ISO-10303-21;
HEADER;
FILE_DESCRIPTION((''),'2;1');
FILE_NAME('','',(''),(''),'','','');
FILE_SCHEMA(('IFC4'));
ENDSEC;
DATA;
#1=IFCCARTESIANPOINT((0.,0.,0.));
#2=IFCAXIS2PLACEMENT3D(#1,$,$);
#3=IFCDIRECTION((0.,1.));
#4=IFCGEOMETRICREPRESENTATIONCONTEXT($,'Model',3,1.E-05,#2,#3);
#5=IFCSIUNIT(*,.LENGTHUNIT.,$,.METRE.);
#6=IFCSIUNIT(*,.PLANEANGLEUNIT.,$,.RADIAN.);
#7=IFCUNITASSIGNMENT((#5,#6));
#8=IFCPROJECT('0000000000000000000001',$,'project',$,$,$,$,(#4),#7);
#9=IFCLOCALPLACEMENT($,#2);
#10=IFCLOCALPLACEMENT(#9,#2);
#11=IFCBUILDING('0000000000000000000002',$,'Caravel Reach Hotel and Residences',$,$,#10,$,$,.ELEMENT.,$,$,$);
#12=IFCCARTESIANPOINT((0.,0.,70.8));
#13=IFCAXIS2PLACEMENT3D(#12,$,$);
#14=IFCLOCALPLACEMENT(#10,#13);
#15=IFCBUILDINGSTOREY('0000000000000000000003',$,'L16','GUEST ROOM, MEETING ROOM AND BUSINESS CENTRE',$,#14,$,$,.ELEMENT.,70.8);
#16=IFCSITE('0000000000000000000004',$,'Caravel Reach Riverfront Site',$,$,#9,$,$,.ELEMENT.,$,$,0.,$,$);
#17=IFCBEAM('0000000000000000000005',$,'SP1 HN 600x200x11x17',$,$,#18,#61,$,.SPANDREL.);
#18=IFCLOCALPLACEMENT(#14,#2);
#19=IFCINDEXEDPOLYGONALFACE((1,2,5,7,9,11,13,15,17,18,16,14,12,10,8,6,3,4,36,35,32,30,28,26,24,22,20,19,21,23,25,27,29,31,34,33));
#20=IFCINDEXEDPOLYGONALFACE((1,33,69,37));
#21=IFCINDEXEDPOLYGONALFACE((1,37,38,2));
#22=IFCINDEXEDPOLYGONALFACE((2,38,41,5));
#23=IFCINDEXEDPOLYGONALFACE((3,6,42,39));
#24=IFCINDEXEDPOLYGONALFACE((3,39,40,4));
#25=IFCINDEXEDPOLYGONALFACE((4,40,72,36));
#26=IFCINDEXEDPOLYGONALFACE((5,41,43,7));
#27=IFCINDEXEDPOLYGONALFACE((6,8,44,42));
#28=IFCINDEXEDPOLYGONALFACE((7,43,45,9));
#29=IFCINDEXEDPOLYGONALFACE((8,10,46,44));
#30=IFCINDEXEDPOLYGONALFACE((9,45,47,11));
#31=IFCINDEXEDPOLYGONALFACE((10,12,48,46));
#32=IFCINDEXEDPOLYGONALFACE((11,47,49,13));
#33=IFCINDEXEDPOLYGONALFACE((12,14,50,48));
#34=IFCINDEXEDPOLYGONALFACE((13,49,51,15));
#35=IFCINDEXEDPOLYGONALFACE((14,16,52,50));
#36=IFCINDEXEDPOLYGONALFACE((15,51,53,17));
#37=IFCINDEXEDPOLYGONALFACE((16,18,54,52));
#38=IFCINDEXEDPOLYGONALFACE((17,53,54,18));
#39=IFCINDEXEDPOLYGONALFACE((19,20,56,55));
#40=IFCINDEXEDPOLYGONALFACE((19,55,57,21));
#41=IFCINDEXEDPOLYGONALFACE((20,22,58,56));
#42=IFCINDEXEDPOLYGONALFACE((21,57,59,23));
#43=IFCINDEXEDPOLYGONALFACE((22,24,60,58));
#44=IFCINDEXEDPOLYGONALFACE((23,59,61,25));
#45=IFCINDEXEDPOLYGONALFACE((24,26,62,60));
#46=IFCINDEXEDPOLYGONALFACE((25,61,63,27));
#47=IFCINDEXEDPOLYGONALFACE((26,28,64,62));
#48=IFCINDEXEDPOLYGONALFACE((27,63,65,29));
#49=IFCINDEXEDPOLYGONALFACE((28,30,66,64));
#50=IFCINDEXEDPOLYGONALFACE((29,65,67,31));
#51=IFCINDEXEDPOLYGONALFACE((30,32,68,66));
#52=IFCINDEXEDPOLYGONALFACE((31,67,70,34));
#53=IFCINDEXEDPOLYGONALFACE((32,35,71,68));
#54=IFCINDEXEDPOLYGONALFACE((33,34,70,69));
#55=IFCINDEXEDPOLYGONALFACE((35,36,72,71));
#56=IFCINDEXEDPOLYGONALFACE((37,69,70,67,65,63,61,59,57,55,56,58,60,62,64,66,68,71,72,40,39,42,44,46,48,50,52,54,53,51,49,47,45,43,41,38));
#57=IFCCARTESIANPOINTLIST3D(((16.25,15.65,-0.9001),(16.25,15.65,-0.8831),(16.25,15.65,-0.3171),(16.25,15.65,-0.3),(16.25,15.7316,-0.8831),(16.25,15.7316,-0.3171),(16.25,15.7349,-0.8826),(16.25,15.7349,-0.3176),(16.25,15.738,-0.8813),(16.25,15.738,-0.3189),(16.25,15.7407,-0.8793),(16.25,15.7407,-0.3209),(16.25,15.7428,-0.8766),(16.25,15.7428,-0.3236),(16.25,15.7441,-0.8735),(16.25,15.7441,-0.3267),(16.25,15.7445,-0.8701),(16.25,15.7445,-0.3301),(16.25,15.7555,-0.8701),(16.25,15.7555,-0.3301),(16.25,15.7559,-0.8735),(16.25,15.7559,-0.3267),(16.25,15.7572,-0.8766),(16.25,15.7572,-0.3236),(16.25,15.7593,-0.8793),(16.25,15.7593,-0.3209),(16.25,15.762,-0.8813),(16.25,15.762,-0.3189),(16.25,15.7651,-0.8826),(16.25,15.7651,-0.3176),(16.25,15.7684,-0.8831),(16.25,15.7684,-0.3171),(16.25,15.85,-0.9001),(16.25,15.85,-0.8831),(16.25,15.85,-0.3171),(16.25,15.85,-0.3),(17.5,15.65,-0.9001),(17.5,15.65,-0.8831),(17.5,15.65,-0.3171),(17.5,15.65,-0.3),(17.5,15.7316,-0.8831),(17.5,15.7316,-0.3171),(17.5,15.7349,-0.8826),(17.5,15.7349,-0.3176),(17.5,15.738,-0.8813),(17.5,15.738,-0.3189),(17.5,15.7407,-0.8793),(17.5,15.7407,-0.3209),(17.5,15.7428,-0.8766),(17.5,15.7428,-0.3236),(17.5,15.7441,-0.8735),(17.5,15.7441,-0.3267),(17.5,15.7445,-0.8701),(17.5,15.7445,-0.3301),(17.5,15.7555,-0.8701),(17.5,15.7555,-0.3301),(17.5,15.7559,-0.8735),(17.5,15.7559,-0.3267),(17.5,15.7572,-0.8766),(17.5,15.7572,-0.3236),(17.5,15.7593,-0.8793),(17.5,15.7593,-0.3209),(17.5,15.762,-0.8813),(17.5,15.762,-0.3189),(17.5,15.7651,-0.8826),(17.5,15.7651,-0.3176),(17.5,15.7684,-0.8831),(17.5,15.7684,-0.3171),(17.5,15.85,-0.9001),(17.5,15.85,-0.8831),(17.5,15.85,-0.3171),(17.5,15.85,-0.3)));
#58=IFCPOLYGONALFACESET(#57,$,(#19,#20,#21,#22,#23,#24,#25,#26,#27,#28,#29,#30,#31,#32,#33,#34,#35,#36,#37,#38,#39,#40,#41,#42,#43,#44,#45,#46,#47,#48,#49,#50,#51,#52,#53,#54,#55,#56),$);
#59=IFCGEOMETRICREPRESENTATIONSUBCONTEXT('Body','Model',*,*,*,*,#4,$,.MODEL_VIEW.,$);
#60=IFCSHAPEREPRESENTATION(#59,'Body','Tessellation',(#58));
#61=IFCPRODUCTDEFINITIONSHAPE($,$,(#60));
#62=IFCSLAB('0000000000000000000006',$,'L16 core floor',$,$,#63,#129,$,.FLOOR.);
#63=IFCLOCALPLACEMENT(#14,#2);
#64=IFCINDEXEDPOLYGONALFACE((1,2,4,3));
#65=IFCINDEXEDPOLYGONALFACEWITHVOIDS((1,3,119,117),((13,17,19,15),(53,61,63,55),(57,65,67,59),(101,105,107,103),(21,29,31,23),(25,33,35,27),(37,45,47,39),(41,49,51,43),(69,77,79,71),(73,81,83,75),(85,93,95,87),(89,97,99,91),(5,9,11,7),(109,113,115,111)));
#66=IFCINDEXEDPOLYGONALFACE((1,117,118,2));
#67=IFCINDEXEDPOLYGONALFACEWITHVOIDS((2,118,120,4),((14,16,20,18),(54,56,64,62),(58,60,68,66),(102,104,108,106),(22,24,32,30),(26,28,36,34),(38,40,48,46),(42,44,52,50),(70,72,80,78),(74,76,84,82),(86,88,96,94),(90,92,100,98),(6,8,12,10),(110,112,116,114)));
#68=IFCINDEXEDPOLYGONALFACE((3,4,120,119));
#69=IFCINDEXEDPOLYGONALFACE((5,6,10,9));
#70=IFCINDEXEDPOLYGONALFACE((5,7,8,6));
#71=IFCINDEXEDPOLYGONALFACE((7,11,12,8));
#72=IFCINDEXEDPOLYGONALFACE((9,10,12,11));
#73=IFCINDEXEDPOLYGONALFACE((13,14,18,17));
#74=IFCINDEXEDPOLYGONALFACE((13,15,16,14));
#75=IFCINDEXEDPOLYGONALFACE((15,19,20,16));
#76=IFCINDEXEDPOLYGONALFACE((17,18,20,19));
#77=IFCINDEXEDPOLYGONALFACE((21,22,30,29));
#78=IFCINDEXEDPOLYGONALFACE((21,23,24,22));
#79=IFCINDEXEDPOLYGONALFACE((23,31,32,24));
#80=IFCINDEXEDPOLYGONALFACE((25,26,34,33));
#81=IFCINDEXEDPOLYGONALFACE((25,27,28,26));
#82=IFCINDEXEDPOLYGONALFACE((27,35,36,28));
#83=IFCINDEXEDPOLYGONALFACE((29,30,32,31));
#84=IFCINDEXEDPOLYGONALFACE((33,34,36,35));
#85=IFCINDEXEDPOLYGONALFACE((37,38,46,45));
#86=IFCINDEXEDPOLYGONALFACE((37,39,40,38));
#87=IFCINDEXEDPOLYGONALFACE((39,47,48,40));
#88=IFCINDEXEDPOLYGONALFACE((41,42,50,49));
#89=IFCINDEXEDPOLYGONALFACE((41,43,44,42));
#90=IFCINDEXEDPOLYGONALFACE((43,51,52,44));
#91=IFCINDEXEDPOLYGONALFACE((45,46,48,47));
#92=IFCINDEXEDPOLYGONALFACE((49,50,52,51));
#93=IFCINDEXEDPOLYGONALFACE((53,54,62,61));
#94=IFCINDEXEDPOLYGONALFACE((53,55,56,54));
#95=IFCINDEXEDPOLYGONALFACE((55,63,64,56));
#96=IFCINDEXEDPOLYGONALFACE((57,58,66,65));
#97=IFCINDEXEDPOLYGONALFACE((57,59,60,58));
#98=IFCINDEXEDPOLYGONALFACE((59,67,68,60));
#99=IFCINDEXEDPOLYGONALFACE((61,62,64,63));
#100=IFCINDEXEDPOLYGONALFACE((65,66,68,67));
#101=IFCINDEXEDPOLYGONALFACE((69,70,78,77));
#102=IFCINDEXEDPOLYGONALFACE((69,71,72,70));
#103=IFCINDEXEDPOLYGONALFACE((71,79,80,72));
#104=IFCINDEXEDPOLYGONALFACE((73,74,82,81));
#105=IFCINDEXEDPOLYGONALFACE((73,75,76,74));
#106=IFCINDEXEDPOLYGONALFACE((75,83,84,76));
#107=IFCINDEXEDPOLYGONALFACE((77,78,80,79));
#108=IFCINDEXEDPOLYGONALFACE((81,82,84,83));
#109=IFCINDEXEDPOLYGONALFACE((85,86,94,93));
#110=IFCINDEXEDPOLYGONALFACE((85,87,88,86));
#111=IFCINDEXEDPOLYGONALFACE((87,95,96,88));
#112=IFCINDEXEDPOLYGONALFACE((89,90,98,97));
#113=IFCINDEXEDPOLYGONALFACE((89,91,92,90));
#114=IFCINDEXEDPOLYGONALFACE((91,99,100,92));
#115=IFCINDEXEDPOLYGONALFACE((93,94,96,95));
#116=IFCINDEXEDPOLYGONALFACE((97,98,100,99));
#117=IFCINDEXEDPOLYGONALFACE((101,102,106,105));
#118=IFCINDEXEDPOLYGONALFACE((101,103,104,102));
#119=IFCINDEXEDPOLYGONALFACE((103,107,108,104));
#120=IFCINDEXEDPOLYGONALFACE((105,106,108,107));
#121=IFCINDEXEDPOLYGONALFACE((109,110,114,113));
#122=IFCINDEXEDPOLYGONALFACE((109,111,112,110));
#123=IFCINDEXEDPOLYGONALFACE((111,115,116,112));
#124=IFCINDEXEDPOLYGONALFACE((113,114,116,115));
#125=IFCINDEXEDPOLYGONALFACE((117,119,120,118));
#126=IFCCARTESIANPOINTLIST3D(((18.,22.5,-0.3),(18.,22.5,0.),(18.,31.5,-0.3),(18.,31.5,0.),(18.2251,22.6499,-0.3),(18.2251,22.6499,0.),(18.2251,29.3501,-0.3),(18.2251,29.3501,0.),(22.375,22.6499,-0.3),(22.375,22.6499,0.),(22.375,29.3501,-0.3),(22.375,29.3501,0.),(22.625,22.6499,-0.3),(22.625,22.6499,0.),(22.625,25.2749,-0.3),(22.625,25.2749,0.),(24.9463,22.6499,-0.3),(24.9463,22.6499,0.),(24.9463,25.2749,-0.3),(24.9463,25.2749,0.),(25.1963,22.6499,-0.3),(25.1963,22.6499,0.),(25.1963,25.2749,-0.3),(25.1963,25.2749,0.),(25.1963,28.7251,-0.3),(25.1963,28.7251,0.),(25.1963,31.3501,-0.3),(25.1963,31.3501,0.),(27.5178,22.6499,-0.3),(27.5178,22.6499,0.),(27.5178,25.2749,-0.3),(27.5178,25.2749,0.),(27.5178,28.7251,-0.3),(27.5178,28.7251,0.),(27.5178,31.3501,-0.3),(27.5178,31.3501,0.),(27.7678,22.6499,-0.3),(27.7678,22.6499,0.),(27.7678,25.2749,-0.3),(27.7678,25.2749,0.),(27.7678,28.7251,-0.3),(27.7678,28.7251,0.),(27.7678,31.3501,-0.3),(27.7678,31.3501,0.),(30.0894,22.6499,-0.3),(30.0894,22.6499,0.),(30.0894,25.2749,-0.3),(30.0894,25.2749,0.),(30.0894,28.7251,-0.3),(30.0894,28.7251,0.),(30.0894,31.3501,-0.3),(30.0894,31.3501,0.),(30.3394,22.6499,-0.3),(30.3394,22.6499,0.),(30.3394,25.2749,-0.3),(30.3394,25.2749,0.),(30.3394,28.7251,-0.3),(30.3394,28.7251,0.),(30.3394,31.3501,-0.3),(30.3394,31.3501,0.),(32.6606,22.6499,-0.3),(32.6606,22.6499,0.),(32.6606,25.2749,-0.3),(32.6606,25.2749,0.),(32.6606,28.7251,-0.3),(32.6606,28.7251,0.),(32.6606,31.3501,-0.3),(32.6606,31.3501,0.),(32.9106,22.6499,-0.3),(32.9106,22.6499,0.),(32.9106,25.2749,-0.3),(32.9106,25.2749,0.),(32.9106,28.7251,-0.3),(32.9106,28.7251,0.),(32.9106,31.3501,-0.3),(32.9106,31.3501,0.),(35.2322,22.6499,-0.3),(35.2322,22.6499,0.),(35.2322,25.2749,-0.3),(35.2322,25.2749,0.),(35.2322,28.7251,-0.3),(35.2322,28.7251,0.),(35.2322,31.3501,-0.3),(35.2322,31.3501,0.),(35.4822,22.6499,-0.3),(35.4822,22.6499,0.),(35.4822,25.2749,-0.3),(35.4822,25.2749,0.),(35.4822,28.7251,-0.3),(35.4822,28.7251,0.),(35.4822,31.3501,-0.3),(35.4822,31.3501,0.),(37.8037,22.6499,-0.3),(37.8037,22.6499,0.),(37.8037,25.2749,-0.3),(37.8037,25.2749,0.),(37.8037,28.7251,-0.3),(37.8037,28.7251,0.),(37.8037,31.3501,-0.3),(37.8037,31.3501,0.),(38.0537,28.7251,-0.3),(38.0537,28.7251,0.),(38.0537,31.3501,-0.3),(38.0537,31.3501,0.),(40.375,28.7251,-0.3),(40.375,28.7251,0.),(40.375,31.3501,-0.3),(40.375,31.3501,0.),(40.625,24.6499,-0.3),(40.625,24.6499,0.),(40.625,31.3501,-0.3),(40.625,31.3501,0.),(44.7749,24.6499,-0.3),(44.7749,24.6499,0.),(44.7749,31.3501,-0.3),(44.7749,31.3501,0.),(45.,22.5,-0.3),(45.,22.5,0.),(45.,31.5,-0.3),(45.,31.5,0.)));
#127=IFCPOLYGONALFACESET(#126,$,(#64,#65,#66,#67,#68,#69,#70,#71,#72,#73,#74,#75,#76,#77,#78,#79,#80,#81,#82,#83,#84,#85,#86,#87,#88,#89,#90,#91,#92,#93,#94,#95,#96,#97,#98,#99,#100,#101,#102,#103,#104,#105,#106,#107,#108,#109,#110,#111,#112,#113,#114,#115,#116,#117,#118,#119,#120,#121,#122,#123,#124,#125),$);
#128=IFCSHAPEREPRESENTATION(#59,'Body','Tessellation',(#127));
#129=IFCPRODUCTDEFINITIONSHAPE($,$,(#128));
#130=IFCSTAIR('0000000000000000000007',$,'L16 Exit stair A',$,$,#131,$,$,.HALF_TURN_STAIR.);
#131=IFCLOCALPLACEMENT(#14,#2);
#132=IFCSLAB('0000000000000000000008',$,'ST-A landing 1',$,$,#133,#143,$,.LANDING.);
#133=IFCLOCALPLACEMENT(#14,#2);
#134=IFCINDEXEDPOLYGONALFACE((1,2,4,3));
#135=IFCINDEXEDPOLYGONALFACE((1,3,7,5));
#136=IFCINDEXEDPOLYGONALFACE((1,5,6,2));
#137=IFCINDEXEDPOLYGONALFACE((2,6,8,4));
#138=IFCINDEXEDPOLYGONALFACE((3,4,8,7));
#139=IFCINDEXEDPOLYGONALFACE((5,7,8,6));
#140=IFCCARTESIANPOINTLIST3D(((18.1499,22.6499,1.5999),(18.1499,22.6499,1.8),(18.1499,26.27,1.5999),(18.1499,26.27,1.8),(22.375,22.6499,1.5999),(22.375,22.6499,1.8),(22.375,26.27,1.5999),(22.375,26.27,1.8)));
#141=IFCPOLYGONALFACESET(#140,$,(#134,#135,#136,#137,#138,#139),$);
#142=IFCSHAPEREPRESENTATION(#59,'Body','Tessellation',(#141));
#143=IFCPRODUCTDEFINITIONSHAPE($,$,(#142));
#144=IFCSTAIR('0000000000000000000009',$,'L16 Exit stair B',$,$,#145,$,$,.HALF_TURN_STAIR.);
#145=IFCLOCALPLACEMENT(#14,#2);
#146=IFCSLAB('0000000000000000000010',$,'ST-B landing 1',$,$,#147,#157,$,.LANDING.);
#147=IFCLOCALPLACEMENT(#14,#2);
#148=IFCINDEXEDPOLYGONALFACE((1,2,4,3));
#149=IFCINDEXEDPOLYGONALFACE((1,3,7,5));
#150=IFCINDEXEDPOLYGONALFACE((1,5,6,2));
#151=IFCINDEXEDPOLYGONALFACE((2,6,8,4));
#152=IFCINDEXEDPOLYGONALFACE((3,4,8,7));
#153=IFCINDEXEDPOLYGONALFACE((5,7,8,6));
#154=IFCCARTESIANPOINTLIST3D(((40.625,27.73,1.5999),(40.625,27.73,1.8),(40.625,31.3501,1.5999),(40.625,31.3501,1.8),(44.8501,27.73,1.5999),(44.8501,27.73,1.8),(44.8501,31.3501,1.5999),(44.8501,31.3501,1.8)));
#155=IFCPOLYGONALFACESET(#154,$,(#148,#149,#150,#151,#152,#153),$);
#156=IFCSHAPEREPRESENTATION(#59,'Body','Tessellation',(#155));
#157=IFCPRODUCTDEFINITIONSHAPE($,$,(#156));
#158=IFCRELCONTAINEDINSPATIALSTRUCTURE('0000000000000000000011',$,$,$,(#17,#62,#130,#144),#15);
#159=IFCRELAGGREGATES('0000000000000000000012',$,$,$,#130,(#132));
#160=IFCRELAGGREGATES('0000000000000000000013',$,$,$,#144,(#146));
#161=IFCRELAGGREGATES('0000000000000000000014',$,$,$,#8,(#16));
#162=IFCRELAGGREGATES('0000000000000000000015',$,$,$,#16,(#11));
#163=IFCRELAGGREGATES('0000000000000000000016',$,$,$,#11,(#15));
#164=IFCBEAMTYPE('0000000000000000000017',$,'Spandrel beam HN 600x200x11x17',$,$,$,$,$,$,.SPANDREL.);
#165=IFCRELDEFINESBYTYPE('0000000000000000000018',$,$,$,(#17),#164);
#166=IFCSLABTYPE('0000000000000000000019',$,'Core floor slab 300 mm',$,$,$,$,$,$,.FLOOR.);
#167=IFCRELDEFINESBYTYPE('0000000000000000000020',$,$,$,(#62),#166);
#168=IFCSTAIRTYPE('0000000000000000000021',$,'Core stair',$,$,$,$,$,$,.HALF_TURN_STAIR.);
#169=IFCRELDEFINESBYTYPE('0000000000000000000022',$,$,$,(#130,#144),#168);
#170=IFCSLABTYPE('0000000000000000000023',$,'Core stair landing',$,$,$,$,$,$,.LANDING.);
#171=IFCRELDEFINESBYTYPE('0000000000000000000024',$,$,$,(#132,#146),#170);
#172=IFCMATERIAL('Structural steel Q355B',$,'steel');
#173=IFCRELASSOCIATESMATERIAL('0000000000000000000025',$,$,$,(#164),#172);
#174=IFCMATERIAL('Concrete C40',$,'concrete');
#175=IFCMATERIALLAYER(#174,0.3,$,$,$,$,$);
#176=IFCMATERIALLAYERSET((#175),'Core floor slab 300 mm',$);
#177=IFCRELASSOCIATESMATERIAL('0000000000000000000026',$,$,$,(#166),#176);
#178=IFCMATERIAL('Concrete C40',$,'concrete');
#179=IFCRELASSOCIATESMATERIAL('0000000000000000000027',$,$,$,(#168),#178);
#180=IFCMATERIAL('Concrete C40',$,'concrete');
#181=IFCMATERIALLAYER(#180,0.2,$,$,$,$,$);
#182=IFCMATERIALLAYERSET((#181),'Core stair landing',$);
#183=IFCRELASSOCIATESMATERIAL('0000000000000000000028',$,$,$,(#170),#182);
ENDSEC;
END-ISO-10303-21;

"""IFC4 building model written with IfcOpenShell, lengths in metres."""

from ifc_helpers import new_model, si_unit, direction, frame, origin, origin_2d, place, context, subcontext, project, spatial, polyline, i_section, outline, extrude, material, layer, layer_set, material_profile, profile_set, type_object, element, aggregate, save


model = new_model("IFC4")

# Units and contexts
model_context = context("Model", 3, precision=1e-05, world=origin(), true_north=direction((0.0, 1.0)))
body_context = subcontext(model_context, "Body", "Model", "MODEL_VIEW")
ifc_project = project(units=[si_unit("LENGTHUNIT", "METRE"), si_unit("PLANEANGLEUNIT", "RADIAN")], contexts=[model_context])

# Site, building, storey
site_placement = place(None, origin())
site = spatial("IfcSite", under=ifc_project, at=site_placement, Name="Caravel Reach Riverfront Site", CompositionType="ELEMENT", RefElevation=0.0)
building_placement = place(site_placement, origin())
building = spatial("IfcBuilding", under=site, at=building_placement, Name="Caravel Reach Hotel and Residences", CompositionType="ELEMENT")
storey_placement = place(building_placement, frame((0.0, 0.0, 70.8)))
storey = spatial("IfcBuildingStorey", under=building, at=storey_placement, Name="L16", Description="GUEST ROOM, MEETING ROOM AND BUSINESS CENTRE", CompositionType="ELEMENT", Elevation=70.8)

# Beam
ifc_material_1 = material(Name="Structural steel Q355B", Category="steel")
ifc_material_profile_1 = material_profile(ifc_material_1, i_section(OverallWidth=0.2, OverallDepth=0.6001, WebThickness=0.011, FlangeThickness=0.0171, FilletRadius=0.0129, at=origin_2d()), Name="HN 600x200x11x17")
ifc_profile_set_1 = profile_set([ifc_material_profile_1], Name="Structural steel Q355B")
beam_type = type_object("IfcBeamType", Name="Spandrel beam HN 600x200x11x17", PredefinedType="SPANDREL", material=ifc_profile_set_1)
for number, where, z_axis, x_axis, name in (
    (1, (16.25, 15.75, -0.6001), (1.0, 0.0, 0.0), (0.0, 1.0, 0.0), "SP1 HN 600x200x11x17"),
):
    element("IfcBeam", number, at=place(storey_placement, frame(where, z_axis=z_axis, x_axis=x_axis)), inside=storey, type_object=beam_type, Name=name, PredefinedType="SPANDREL", context=body_context, shape_type="SweptSolid", body=[
        extrude(i_section(OverallWidth=0.2, OverallDepth=0.6001, WebThickness=0.011, FlangeThickness=0.0171, FilletRadius=0.0129, at=origin_2d()), origin(), (0.0, 0.0, 1.0), 1.25),
    ])

# Slab
ifc_material_2 = material(Name="Concrete C40", Category="concrete")
ifc_layer_1 = layer(ifc_material_2, 0.3)
ifc_layer_set_1 = layer_set([ifc_layer_1], Name="Core floor slab 300 mm")
slab_type_1 = type_object("IfcSlabType", Name="Core floor slab 300 mm", PredefinedType="FLOOR", material=ifc_layer_set_1)
slab_1_placement = place(storey_placement, frame((0.0, 0.0, -0.3)))
element("IfcSlab", 2, at=slab_1_placement, inside=storey, type_object=slab_type_1, Name="L16 core floor", PredefinedType="FLOOR", context=body_context, shape_type="SweptSolid", body=[
    extrude(outline(polyline([(18.0, 31.5), (45.0, 31.5), (45.0, 22.5), (18.0, 22.5), (18.0, 31.5)]), holes=[polyline([(22.625, 25.2749), (22.625, 22.6499), (24.9463, 22.6499), (24.9463, 25.2749), (22.625, 25.2749)]), polyline([(27.5178, 25.2749), (25.1963, 25.2749), (25.1963, 22.6499), (27.5178, 22.6499), (27.5178, 25.2749)]), polyline([(30.0894, 25.2749), (27.7678, 25.2749), (27.7678, 22.6499), (30.0894, 22.6499), (30.0894, 25.2749)]), polyline([(32.6606, 25.2749), (30.3394, 25.2749), (30.3394, 22.6499), (32.6606, 22.6499), (32.6606, 25.2749)]), polyline([(18.2251, 22.6499), (22.375, 22.6499), (22.375, 29.3501), (18.2251, 29.3501), (18.2251, 22.6499)]), polyline([(27.5178, 31.3501), (25.1963, 31.3501), (25.1963, 28.7251), (27.5178, 28.7251), (27.5178, 31.3501)]), polyline([(30.0894, 31.3501), (27.7678, 31.3501), (27.7678, 28.7251), (30.0894, 28.7251), (30.0894, 31.3501)]), polyline([(32.9106, 25.2749), (32.9106, 22.6499), (35.2322, 22.6499), (35.2322, 25.2749), (32.9106, 25.2749)]), polyline([(37.8037, 25.2749), (35.4822, 25.2749), (35.4822, 22.6499), (37.8037, 22.6499), (37.8037, 25.2749)]), polyline([(44.7749, 31.3501), (40.625, 31.3501), (40.625, 24.6499), (44.7749, 24.6499), (44.7749, 31.3501)]), polyline([(32.6606, 31.3501), (30.3394, 31.3501), (30.3394, 28.7251), (32.6606, 28.7251), (32.6606, 31.3501)]), polyline([(35.2322, 31.3501), (32.9106, 31.3501), (32.9106, 28.7251), (35.2322, 28.7251), (35.2322, 31.3501)]), polyline([(37.8037, 31.3501), (35.4822, 31.3501), (35.4822, 28.7251), (37.8037, 28.7251), (37.8037, 31.3501)]), polyline([(40.375, 31.3501), (38.0537, 31.3501), (38.0537, 28.7251), (40.375, 28.7251), (40.375, 31.3501)])]), origin(), (0.0, 0.0, 1.0), 0.3),
])

# Stairs, slabs
ifc_material_3 = material(Name="Concrete C40", Category="concrete")
stair_type = type_object("IfcStairType", Name="Core stair", PredefinedType="HALF_TURN_STAIR", material=ifc_material_3)
stair_1_placement = place(storey_placement, origin())
stair_1 = element("IfcStair", 3, at=stair_1_placement, inside=storey, type_object=stair_type, Name="L16 Exit stair A", PredefinedType="HALF_TURN_STAIR")
ifc_material_4 = material(Name="Concrete C40", Category="concrete")
ifc_layer_2 = layer(ifc_material_4, 0.2)
ifc_layer_set_2 = layer_set([ifc_layer_2], Name="Core stair landing")
slab_type_2 = type_object("IfcSlabType", Name="Core stair landing", PredefinedType="LANDING", material=ifc_layer_set_2)
slab_2_placement = place(storey_placement, frame((0.0, 0.0, 1.5999)))
slab_2 = element("IfcSlab", 4, at=slab_2_placement, type_object=slab_type_2, Name="ST-A landing 1", PredefinedType="LANDING", context=body_context, shape_type="SweptSolid", body=[
    extrude(outline(polyline([(18.1499, 26.27), (18.1499, 22.6499), (22.375, 22.6499), (22.375, 26.27), (18.1499, 26.27)])), origin(), (0.0, 0.0, 1.0), 0.2002),
])
aggregate(stair_1, [slab_2])
stair_2_placement = place(storey_placement, origin())
stair_2 = element("IfcStair", 5, at=stair_2_placement, inside=storey, type_object=stair_type, Name="L16 Exit stair B", PredefinedType="HALF_TURN_STAIR")
slab_3_placement = place(storey_placement, frame((0.0, 0.0, 1.5999)))
slab_3 = element("IfcSlab", 6, at=slab_3_placement, type_object=slab_type_2, Name="ST-B landing 1", PredefinedType="LANDING", context=body_context, shape_type="SweptSolid", body=[
    extrude(outline(polyline([(44.8501, 27.73), (44.8501, 31.3501), (40.625, 31.3501), (40.625, 27.73), (44.8501, 27.73)])), origin(), (0.0, 0.0, 1.0), 0.2002),
])
aggregate(stair_2, [slab_3])

save(model, "model.ifc")
